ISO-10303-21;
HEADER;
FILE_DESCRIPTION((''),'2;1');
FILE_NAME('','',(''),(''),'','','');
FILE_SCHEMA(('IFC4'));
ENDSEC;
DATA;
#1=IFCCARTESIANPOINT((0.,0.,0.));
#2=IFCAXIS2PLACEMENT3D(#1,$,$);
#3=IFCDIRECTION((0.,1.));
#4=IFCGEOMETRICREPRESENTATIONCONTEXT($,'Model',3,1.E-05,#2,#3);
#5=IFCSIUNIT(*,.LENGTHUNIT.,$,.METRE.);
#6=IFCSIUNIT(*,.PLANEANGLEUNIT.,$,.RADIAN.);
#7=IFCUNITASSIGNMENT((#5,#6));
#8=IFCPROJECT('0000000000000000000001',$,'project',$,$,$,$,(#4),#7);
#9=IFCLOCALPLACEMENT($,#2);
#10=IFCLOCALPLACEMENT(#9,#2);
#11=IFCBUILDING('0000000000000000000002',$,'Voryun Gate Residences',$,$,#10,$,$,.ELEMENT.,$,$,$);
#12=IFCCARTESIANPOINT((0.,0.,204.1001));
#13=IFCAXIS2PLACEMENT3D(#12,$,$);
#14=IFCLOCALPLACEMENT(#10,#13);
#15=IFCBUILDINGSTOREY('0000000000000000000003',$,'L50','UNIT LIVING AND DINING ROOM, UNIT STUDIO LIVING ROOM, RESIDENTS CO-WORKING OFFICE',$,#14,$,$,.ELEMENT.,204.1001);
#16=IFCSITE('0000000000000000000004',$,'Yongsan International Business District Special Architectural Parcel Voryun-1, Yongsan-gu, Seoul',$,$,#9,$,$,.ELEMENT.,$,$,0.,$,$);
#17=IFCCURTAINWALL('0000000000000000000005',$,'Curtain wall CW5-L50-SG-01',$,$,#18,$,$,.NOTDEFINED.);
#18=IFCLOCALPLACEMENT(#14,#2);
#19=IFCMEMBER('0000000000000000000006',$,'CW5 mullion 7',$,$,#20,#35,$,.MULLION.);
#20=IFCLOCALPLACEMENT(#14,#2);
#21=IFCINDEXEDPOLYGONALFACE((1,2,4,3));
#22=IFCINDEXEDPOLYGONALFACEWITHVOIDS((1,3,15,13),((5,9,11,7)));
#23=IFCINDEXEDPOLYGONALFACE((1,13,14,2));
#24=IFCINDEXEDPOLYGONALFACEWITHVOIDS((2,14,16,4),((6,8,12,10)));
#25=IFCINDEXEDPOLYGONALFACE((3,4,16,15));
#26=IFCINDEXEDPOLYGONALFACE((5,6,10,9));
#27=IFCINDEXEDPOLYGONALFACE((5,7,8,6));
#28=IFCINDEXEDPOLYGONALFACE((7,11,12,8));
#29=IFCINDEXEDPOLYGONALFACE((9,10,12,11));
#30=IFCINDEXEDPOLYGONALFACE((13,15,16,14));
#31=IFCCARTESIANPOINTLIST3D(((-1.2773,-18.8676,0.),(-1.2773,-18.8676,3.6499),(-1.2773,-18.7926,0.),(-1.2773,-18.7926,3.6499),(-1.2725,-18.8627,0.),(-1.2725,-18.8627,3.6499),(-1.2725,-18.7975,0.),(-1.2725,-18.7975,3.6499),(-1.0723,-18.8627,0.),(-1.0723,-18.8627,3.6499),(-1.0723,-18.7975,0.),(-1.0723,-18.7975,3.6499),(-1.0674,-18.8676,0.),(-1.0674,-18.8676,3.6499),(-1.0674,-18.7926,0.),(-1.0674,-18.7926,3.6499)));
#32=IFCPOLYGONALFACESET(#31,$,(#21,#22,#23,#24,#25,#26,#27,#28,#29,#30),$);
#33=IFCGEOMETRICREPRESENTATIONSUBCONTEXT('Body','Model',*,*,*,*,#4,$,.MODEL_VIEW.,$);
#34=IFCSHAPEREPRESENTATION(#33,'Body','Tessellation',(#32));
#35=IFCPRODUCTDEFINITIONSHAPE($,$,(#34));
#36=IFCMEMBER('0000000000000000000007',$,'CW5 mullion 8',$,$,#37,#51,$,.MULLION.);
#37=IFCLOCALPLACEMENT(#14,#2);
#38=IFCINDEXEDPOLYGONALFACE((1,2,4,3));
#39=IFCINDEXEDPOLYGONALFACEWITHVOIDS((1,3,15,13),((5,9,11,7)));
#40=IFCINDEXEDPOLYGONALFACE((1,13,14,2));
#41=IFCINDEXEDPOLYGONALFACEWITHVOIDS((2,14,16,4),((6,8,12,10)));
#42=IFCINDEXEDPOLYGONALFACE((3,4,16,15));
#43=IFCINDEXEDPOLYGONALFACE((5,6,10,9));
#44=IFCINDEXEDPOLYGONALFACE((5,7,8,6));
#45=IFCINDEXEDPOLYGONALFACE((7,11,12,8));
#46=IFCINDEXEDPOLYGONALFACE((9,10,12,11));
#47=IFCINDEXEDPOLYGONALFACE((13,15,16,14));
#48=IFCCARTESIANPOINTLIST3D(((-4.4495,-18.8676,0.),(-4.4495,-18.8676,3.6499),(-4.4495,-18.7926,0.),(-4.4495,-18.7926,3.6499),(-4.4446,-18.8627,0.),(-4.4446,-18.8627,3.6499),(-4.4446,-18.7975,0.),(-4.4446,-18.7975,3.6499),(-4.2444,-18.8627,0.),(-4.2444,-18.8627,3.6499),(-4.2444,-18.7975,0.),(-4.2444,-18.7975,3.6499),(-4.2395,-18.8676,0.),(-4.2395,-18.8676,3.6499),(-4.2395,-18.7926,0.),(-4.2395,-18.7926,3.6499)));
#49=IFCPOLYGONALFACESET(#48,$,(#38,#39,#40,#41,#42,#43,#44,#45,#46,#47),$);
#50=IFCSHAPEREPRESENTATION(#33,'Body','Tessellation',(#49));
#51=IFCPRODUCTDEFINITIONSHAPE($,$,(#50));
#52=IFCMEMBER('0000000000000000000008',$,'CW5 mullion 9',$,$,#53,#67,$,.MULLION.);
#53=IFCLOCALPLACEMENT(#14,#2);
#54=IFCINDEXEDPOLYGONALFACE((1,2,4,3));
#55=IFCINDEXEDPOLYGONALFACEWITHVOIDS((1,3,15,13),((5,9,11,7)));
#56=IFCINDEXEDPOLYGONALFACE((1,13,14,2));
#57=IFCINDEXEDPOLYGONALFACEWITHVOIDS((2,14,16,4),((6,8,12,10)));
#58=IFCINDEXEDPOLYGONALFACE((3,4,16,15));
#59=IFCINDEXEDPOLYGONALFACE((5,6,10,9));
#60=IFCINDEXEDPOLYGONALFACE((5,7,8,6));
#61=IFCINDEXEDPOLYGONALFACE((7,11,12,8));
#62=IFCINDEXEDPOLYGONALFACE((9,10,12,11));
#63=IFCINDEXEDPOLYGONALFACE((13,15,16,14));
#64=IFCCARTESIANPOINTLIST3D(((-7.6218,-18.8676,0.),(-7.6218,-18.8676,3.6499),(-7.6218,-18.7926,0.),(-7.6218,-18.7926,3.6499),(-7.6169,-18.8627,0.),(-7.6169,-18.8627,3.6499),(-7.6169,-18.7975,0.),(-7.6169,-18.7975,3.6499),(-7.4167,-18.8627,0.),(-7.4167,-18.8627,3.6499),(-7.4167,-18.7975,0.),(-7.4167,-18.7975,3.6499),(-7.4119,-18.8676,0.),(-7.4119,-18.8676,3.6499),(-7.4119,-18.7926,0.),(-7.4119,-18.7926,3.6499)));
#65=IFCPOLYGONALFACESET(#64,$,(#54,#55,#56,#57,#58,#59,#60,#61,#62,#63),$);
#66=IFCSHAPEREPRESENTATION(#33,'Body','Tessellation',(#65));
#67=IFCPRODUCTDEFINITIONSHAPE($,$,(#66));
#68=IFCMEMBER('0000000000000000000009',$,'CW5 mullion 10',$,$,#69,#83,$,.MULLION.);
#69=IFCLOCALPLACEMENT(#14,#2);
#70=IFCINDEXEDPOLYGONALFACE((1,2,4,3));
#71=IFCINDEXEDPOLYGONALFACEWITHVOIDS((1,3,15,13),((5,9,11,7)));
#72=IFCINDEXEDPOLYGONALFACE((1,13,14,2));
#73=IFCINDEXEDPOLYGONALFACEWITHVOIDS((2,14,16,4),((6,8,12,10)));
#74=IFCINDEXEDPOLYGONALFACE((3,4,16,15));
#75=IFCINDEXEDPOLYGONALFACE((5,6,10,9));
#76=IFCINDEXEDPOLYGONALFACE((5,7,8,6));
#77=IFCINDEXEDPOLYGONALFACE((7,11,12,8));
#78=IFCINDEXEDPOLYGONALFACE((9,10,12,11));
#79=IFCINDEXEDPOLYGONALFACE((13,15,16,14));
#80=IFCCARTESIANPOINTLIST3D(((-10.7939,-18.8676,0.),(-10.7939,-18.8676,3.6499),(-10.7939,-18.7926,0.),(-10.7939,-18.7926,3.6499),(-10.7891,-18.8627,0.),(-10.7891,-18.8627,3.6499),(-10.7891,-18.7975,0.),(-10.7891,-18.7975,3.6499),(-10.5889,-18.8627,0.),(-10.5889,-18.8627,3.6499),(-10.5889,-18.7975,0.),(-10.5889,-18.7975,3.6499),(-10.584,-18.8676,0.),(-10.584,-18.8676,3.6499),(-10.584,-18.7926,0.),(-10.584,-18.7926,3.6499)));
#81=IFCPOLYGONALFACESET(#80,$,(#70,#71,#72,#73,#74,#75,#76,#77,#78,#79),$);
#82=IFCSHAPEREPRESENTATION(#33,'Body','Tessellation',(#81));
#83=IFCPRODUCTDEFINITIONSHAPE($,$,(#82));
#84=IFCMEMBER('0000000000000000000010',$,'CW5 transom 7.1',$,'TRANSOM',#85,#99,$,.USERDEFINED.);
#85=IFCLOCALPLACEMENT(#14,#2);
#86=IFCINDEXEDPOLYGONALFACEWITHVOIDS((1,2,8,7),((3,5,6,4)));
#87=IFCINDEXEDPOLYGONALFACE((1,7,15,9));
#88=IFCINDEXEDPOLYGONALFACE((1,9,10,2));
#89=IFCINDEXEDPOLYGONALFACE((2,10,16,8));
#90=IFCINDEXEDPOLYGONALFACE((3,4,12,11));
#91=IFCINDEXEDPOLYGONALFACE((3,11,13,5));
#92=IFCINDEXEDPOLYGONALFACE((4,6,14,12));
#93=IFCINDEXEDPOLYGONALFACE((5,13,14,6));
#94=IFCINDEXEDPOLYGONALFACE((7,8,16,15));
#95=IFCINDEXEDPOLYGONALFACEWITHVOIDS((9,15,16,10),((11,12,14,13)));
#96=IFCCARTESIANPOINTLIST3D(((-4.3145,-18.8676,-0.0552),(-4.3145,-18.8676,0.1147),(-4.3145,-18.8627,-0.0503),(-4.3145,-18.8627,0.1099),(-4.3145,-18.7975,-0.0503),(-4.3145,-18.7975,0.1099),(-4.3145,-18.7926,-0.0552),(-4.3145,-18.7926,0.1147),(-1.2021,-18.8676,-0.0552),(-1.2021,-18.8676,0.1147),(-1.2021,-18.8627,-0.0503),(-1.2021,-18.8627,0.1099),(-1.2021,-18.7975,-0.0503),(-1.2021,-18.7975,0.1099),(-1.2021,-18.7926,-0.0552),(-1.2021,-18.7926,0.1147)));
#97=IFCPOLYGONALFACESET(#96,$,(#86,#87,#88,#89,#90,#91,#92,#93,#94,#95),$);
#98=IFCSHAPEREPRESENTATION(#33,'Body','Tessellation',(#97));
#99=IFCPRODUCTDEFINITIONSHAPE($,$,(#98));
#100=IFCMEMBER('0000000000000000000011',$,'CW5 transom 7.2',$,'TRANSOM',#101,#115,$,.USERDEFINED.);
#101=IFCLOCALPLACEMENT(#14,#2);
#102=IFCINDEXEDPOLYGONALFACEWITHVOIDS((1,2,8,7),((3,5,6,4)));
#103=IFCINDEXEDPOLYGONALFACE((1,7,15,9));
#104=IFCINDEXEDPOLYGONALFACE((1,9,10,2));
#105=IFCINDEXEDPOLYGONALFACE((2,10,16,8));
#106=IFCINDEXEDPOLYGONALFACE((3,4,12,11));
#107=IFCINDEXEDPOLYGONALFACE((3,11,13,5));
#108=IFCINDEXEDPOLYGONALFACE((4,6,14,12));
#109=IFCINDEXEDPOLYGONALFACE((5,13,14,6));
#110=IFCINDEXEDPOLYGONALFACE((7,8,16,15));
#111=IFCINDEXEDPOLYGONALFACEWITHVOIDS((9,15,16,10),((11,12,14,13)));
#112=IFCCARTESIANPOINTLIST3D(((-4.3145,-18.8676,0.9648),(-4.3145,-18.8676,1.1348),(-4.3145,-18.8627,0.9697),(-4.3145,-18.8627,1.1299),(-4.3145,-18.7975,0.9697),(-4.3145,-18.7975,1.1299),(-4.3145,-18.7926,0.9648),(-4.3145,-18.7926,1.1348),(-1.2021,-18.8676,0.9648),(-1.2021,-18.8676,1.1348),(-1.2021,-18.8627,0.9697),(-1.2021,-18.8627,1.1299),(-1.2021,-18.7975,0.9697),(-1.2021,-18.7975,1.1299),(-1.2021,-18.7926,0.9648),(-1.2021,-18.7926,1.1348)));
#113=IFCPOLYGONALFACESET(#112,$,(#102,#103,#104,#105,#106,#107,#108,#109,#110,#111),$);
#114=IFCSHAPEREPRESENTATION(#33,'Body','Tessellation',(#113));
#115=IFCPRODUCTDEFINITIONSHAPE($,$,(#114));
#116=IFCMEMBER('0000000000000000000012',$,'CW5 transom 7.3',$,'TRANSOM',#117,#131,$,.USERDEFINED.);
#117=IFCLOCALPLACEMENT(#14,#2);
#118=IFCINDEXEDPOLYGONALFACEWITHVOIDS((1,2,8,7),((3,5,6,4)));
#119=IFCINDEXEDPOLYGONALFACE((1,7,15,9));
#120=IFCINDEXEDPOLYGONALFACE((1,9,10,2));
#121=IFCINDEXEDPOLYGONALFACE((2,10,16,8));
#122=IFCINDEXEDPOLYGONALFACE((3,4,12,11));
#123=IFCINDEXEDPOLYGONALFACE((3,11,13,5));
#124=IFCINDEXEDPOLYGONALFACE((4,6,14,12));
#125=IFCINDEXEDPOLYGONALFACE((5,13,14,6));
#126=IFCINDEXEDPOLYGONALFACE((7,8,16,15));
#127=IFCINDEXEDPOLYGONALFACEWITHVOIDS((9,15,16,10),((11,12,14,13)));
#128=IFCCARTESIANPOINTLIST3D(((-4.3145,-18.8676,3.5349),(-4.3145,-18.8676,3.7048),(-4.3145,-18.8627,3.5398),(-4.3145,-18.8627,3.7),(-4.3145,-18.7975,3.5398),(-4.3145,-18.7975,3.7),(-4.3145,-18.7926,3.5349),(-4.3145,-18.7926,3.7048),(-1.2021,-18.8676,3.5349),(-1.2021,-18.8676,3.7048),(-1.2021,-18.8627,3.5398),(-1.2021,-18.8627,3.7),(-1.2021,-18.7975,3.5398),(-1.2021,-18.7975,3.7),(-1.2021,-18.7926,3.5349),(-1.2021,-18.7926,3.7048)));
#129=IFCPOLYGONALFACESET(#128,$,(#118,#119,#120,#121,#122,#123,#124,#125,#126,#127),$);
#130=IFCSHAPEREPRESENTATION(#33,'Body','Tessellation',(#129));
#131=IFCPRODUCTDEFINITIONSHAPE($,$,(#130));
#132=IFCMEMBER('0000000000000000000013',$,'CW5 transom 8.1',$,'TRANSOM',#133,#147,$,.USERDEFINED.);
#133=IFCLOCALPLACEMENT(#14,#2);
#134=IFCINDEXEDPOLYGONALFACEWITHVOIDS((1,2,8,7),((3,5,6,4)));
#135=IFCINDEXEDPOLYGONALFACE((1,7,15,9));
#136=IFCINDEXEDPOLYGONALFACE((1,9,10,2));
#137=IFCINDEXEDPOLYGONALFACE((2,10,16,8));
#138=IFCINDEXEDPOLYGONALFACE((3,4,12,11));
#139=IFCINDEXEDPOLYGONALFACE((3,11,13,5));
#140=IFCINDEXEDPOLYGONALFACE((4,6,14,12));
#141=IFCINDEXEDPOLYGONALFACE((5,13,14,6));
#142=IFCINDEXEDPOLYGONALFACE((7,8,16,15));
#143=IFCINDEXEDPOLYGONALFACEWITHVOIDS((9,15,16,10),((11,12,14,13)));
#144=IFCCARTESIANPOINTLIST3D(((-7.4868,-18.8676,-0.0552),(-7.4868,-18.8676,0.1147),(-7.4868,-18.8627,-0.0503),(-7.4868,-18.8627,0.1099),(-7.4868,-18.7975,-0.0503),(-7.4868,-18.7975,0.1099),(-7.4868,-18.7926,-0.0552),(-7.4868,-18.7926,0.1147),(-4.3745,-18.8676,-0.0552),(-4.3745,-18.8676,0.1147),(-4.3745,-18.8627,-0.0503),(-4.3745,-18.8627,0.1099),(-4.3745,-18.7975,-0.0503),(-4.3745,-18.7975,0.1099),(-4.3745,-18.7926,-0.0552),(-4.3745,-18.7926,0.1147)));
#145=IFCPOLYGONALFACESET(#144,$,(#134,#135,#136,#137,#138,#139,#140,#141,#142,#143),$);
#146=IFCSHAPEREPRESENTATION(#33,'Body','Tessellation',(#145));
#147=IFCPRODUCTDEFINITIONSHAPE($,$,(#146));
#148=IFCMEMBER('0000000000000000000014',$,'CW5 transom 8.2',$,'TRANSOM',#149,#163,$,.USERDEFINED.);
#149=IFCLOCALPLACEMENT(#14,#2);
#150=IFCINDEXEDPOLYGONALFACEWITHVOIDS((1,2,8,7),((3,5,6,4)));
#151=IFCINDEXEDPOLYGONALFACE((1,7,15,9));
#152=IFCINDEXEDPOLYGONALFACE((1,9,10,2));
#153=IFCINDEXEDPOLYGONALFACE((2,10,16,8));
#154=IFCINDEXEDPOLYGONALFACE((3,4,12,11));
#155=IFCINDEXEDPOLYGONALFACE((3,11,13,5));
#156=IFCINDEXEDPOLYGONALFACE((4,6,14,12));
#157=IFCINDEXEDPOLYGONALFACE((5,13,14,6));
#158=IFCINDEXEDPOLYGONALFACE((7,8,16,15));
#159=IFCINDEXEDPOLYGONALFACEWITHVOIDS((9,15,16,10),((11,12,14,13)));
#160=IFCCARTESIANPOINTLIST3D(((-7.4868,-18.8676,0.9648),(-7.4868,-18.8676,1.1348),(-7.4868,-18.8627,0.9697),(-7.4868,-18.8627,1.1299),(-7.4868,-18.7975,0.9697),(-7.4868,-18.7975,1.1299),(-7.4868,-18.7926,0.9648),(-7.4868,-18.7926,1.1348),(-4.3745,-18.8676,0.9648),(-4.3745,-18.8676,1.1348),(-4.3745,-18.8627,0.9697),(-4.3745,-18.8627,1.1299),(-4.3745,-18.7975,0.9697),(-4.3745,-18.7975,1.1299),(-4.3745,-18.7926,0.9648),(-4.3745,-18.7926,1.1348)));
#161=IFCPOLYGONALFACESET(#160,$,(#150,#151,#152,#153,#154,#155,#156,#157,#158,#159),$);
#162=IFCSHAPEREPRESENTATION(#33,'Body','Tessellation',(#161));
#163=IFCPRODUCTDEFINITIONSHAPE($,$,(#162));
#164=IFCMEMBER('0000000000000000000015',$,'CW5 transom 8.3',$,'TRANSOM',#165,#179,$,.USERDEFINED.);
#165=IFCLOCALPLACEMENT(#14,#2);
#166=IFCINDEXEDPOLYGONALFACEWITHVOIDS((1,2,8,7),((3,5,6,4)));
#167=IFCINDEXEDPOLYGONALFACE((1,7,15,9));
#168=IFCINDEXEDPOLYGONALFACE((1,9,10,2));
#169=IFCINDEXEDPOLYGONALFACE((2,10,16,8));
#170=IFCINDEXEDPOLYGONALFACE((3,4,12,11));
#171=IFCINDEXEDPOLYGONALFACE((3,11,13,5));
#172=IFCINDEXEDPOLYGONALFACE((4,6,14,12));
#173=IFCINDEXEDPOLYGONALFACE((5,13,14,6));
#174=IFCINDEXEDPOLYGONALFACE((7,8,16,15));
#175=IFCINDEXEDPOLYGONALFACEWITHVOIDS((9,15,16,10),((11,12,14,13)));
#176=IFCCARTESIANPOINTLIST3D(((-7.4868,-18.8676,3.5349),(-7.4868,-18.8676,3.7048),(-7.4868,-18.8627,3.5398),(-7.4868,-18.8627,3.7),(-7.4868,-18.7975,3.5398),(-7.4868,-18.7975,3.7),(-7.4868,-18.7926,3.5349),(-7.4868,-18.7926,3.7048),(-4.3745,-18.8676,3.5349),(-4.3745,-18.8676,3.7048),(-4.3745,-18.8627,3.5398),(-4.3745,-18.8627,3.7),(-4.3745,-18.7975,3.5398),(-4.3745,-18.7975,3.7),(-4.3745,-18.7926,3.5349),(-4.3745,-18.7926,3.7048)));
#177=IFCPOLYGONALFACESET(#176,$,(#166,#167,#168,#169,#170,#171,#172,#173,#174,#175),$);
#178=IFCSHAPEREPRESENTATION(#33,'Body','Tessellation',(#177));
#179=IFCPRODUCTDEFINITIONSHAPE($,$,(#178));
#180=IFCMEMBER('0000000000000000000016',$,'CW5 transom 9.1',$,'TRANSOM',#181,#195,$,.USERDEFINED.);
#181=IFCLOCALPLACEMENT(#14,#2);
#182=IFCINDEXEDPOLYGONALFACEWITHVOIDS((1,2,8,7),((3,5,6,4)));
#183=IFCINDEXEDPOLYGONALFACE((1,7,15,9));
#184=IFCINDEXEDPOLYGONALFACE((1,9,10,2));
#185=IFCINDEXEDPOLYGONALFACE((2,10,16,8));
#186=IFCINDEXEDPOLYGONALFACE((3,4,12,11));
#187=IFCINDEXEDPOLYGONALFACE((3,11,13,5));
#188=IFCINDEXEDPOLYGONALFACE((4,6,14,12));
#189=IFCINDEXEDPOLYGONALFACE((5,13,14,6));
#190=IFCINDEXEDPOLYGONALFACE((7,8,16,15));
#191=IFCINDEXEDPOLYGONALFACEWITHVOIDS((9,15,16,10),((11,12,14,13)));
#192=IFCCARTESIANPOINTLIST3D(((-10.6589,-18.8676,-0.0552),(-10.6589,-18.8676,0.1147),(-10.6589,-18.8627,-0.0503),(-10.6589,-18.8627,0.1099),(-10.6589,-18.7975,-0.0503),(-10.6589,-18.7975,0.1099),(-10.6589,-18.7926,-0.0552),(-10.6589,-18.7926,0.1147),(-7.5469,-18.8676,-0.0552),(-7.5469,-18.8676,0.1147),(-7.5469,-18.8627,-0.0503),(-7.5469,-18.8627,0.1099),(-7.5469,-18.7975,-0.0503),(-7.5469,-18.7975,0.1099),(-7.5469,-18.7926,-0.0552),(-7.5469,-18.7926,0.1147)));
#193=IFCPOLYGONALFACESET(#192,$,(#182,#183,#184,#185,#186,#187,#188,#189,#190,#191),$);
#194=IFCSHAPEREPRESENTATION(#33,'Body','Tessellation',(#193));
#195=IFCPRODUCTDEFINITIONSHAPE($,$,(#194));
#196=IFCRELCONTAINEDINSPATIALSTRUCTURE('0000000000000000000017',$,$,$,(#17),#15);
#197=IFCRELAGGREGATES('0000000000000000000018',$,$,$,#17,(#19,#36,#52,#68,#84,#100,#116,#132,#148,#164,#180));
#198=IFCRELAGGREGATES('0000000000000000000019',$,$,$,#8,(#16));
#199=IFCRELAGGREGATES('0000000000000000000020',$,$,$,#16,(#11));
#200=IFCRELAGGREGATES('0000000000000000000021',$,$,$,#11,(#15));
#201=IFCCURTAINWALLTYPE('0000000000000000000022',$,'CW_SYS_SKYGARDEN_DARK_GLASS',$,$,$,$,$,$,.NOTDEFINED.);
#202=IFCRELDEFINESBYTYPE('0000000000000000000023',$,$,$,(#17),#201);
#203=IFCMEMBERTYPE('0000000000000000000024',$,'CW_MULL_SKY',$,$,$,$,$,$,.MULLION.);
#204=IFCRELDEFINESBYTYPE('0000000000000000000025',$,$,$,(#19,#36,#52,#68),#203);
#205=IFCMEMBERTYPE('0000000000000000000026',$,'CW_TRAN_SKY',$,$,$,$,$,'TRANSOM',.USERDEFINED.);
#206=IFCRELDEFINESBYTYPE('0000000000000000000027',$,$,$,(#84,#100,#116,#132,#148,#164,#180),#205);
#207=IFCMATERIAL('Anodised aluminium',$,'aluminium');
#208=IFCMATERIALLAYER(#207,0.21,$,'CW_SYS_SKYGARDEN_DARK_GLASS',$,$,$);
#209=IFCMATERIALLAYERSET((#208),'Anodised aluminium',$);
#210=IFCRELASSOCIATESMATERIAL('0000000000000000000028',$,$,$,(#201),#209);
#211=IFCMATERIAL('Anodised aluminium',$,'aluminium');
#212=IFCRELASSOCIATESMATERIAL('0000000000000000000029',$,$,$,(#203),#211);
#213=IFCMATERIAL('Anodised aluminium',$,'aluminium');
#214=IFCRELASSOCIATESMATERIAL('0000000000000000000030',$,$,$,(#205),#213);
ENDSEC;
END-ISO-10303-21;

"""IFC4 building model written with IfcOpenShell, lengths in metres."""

from ifc_helpers import new_model, si_unit, direction, frame, origin, origin_2d, place, context, subcontext, project, spatial, hollow_rectangle, extrude, material, layer, layer_set, material_profile, profile_set, type_object, element, aggregate, save


model = new_model("IFC4")

# Units and contexts
model_context = context("Model", 3, precision=1e-05, world=origin(), true_north=direction((0.0, 1.0)))
body_context = subcontext(model_context, "Body", "Model", "MODEL_VIEW")
ifc_project = project(units=[si_unit("LENGTHUNIT", "METRE"), si_unit("PLANEANGLEUNIT", "RADIAN")], contexts=[model_context])

# Site, building, storey
site_placement = place(None, origin())
site = spatial("IfcSite", under=ifc_project, at=site_placement, Name="Yongsan International Business District Special Architectural Parcel Voryun-1, Yongsan-gu, Seoul", CompositionType="ELEMENT", RefElevation=0.0)
building_placement = place(site_placement, origin())
building = spatial("IfcBuilding", under=site, at=building_placement, Name="Voryun Gate Residences", CompositionType="ELEMENT")
storey_placement = place(building_placement, frame((0.0, 0.0, 204.1001)))
storey = spatial("IfcBuildingStorey", under=building, at=storey_placement, Name="L50", Description="UNIT LIVING AND DINING ROOM, UNIT STUDIO LIVING ROOM, RESIDENTS CO-WORKING OFFICE", CompositionType="ELEMENT", Elevation=204.1001)

# Curtain wall, members
ifc_material_1 = material(Name="Anodised aluminium", Category="aluminium")
ifc_layer_1 = layer(ifc_material_1, 0.21, Name="CW_SYS_SKYGARDEN_DARK_GLASS")
ifc_layer_set_1 = layer_set([ifc_layer_1], Name="Anodised aluminium")
curtain_wall_type = type_object("IfcCurtainWallType", Name="CW_SYS_SKYGARDEN_DARK_GLASS", PredefinedType="NOTDEFINED", material=ifc_layer_set_1)
curtain_wall_placement = place(storey_placement, origin())
curtain_wall = element("IfcCurtainWall", 1, at=curtain_wall_placement, inside=storey, type_object=curtain_wall_type, Name="Curtain wall CW5-L50-SG-01", PredefinedType="NOTDEFINED")
ifc_material_2 = material(Name="Anodised aluminium", Category="aluminium")
ifc_material_profile_1 = material_profile(ifc_material_2, hollow_rectangle(XDim=0.075, YDim=0.21, WallThickness=0.0049, at=origin_2d()), Name="ALU-MULL-210x75x5")
ifc_profile_set_1 = profile_set([ifc_material_profile_1], Name="Anodised aluminium")
member_type_1 = type_object("IfcMemberType", Name="CW_MULL_SKY", PredefinedType="MULLION", material=ifc_profile_set_1)
member_1_placement = place(storey_placement, frame((-1.1724, -18.8301, 0.0), z_axis=(0.0, 0.0, 1.0), x_axis=(0.0, -1.0, 0.0)))
member_1 = element("IfcMember", 2, at=member_1_placement, type_object=member_type_1, Name="CW5 mullion 7", PredefinedType="MULLION", context=body_context, shape_type="SweptSolid", body=[
    extrude(hollow_rectangle(XDim=0.075, YDim=0.21, WallThickness=0.0049, at=origin_2d()), origin(), (0.0, 0.0, 1.0), 3.6499),
])
member_2_placement = place(storey_placement, frame((-4.3445, -18.8301, 0.0), z_axis=(0.0, 0.0, 1.0), x_axis=(0.0, -1.0, 0.0)))
member_2 = element("IfcMember", 3, at=member_2_placement, type_object=member_type_1, Name="CW5 mullion 8", PredefinedType="MULLION", context=body_context, shape_type="SweptSolid", body=[
    extrude(hollow_rectangle(XDim=0.075, YDim=0.21, WallThickness=0.0049, at=origin_2d()), origin(), (0.0, 0.0, 1.0), 3.6499),
])
member_3_placement = place(storey_placement, frame((-7.5168, -18.8301, 0.0), z_axis=(0.0, 0.0, 1.0), x_axis=(0.0, -1.0, 0.0)))
member_3 = element("IfcMember", 4, at=member_3_placement, type_object=member_type_1, Name="CW5 mullion 9", PredefinedType="MULLION", context=body_context, shape_type="SweptSolid", body=[
    extrude(hollow_rectangle(XDim=0.075, YDim=0.21, WallThickness=0.0049, at=origin_2d()), origin(), (0.0, 0.0, 1.0), 3.6499),
])
member_4_placement = place(storey_placement, frame((-10.689, -18.8301, 0.0), z_axis=(0.0, 0.0, 1.0), x_axis=(0.0, -1.0, 0.0)))
member_4 = element("IfcMember", 5, at=member_4_placement, type_object=member_type_1, Name="CW5 mullion 10", PredefinedType="MULLION", context=body_context, shape_type="SweptSolid", body=[
    extrude(hollow_rectangle(XDim=0.075, YDim=0.21, WallThickness=0.0049, at=origin_2d()), origin(), (0.0, 0.0, 1.0), 3.6499),
])
ifc_material_3 = material(Name="Anodised aluminium", Category="aluminium")
ifc_material_profile_2 = material_profile(ifc_material_3, hollow_rectangle(XDim=0.075, YDim=0.1699, WallThickness=0.0049, at=origin_2d()), Name="ALU-TRAN-170x75x5")
ifc_profile_set_2 = profile_set([ifc_material_profile_2], Name="Anodised aluminium")
member_type_2 = type_object("IfcMemberType", Name="CW_TRAN_SKY", ElementType="TRANSOM", PredefinedType="USERDEFINED", material=ifc_profile_set_2)
member_5_placement = place(storey_placement, frame((-1.2021, -18.8301, 0.0298), z_axis=(-1.0, 0.0, 0.0), x_axis=(0.0, -1.0, 0.0)))
member_5 = element("IfcMember", 6, at=member_5_placement, type_object=member_type_2, Name="CW5 transom 7.1", ObjectType="TRANSOM", PredefinedType="USERDEFINED", context=body_context, shape_type="SweptSolid", body=[
    extrude(hollow_rectangle(XDim=0.075, YDim=0.1699, WallThickness=0.0049, at=origin_2d()), origin(), (0.0, 0.0, 1.0), 3.1123),
])
member_6_placement = place(storey_placement, frame((-1.2021, -18.8301, 1.0498), z_axis=(-1.0, 0.0, 0.0), x_axis=(0.0, -1.0, 0.0)))
member_6 = element("IfcMember", 7, at=member_6_placement, type_object=member_type_2, Name="CW5 transom 7.2", ObjectType="TRANSOM", PredefinedType="USERDEFINED", context=body_context, shape_type="SweptSolid", body=[
    extrude(hollow_rectangle(XDim=0.075, YDim=0.1699, WallThickness=0.0049, at=origin_2d()), origin(), (0.0, 0.0, 1.0), 3.1123),
])
member_7_placement = place(storey_placement, frame((-1.2021, -18.8301, 3.6199), z_axis=(-1.0, 0.0, 0.0), x_axis=(0.0, -1.0, 0.0)))
member_7 = element("IfcMember", 8, at=member_7_placement, type_object=member_type_2, Name="CW5 transom 7.3", ObjectType="TRANSOM", PredefinedType="USERDEFINED", context=body_context, shape_type="SweptSolid", body=[
    extrude(hollow_rectangle(XDim=0.075, YDim=0.1699, WallThickness=0.0049, at=origin_2d()), origin(), (0.0, 0.0, 1.0), 3.1123),
])
member_8_placement = place(storey_placement, frame((-4.3745, -18.8301, 0.0298), z_axis=(-1.0, 0.0, 0.0), x_axis=(0.0, -1.0, 0.0)))
member_8 = element("IfcMember", 9, at=member_8_placement, type_object=member_type_2, Name="CW5 transom 8.1", ObjectType="TRANSOM", PredefinedType="USERDEFINED", context=body_context, shape_type="SweptSolid", body=[
    extrude(hollow_rectangle(XDim=0.075, YDim=0.1699, WallThickness=0.0049, at=origin_2d()), origin(), (0.0, 0.0, 1.0), 3.1123),
])
member_9_placement = place(storey_placement, frame((-4.3745, -18.8301, 1.0498), z_axis=(-1.0, 0.0, 0.0), x_axis=(0.0, -1.0, 0.0)))
member_9 = element("IfcMember", 10, at=member_9_placement, type_object=member_type_2, Name="CW5 transom 8.2", ObjectType="TRANSOM", PredefinedType="USERDEFINED", context=body_context, shape_type="SweptSolid", body=[
    extrude(hollow_rectangle(XDim=0.075, YDim=0.1699, WallThickness=0.0049, at=origin_2d()), origin(), (0.0, 0.0, 1.0), 3.1123),
])
member_10_placement = place(storey_placement, frame((-4.3745, -18.8301, 3.6199), z_axis=(-1.0, 0.0, 0.0), x_axis=(0.0, -1.0, 0.0)))
member_10 = element("IfcMember", 11, at=member_10_placement, type_object=member_type_2, Name="CW5 transom 8.3", ObjectType="TRANSOM", PredefinedType="USERDEFINED", context=body_context, shape_type="SweptSolid", body=[
    extrude(hollow_rectangle(XDim=0.075, YDim=0.1699, WallThickness=0.0049, at=origin_2d()), origin(), (0.0, 0.0, 1.0), 3.1123),
])
member_11_placement = place(storey_placement, frame((-7.5469, -18.8301, 0.0298), z_axis=(-1.0, 0.0, 0.0), x_axis=(0.0, -1.0, 0.0)))
member_11 = element("IfcMember", 12, at=member_11_placement, type_object=member_type_2, Name="CW5 transom 9.1", ObjectType="TRANSOM", PredefinedType="USERDEFINED", context=body_context, shape_type="SweptSolid", body=[
    extrude(hollow_rectangle(XDim=0.075, YDim=0.1699, WallThickness=0.0049, at=origin_2d()), origin(), (0.0, 0.0, 1.0), 3.1121),
])
aggregate(curtain_wall, [member_1, member_2, member_3, member_4, member_5, member_6, member_7, member_8, member_9, member_10, member_11])

save(model, "model.ifc")
